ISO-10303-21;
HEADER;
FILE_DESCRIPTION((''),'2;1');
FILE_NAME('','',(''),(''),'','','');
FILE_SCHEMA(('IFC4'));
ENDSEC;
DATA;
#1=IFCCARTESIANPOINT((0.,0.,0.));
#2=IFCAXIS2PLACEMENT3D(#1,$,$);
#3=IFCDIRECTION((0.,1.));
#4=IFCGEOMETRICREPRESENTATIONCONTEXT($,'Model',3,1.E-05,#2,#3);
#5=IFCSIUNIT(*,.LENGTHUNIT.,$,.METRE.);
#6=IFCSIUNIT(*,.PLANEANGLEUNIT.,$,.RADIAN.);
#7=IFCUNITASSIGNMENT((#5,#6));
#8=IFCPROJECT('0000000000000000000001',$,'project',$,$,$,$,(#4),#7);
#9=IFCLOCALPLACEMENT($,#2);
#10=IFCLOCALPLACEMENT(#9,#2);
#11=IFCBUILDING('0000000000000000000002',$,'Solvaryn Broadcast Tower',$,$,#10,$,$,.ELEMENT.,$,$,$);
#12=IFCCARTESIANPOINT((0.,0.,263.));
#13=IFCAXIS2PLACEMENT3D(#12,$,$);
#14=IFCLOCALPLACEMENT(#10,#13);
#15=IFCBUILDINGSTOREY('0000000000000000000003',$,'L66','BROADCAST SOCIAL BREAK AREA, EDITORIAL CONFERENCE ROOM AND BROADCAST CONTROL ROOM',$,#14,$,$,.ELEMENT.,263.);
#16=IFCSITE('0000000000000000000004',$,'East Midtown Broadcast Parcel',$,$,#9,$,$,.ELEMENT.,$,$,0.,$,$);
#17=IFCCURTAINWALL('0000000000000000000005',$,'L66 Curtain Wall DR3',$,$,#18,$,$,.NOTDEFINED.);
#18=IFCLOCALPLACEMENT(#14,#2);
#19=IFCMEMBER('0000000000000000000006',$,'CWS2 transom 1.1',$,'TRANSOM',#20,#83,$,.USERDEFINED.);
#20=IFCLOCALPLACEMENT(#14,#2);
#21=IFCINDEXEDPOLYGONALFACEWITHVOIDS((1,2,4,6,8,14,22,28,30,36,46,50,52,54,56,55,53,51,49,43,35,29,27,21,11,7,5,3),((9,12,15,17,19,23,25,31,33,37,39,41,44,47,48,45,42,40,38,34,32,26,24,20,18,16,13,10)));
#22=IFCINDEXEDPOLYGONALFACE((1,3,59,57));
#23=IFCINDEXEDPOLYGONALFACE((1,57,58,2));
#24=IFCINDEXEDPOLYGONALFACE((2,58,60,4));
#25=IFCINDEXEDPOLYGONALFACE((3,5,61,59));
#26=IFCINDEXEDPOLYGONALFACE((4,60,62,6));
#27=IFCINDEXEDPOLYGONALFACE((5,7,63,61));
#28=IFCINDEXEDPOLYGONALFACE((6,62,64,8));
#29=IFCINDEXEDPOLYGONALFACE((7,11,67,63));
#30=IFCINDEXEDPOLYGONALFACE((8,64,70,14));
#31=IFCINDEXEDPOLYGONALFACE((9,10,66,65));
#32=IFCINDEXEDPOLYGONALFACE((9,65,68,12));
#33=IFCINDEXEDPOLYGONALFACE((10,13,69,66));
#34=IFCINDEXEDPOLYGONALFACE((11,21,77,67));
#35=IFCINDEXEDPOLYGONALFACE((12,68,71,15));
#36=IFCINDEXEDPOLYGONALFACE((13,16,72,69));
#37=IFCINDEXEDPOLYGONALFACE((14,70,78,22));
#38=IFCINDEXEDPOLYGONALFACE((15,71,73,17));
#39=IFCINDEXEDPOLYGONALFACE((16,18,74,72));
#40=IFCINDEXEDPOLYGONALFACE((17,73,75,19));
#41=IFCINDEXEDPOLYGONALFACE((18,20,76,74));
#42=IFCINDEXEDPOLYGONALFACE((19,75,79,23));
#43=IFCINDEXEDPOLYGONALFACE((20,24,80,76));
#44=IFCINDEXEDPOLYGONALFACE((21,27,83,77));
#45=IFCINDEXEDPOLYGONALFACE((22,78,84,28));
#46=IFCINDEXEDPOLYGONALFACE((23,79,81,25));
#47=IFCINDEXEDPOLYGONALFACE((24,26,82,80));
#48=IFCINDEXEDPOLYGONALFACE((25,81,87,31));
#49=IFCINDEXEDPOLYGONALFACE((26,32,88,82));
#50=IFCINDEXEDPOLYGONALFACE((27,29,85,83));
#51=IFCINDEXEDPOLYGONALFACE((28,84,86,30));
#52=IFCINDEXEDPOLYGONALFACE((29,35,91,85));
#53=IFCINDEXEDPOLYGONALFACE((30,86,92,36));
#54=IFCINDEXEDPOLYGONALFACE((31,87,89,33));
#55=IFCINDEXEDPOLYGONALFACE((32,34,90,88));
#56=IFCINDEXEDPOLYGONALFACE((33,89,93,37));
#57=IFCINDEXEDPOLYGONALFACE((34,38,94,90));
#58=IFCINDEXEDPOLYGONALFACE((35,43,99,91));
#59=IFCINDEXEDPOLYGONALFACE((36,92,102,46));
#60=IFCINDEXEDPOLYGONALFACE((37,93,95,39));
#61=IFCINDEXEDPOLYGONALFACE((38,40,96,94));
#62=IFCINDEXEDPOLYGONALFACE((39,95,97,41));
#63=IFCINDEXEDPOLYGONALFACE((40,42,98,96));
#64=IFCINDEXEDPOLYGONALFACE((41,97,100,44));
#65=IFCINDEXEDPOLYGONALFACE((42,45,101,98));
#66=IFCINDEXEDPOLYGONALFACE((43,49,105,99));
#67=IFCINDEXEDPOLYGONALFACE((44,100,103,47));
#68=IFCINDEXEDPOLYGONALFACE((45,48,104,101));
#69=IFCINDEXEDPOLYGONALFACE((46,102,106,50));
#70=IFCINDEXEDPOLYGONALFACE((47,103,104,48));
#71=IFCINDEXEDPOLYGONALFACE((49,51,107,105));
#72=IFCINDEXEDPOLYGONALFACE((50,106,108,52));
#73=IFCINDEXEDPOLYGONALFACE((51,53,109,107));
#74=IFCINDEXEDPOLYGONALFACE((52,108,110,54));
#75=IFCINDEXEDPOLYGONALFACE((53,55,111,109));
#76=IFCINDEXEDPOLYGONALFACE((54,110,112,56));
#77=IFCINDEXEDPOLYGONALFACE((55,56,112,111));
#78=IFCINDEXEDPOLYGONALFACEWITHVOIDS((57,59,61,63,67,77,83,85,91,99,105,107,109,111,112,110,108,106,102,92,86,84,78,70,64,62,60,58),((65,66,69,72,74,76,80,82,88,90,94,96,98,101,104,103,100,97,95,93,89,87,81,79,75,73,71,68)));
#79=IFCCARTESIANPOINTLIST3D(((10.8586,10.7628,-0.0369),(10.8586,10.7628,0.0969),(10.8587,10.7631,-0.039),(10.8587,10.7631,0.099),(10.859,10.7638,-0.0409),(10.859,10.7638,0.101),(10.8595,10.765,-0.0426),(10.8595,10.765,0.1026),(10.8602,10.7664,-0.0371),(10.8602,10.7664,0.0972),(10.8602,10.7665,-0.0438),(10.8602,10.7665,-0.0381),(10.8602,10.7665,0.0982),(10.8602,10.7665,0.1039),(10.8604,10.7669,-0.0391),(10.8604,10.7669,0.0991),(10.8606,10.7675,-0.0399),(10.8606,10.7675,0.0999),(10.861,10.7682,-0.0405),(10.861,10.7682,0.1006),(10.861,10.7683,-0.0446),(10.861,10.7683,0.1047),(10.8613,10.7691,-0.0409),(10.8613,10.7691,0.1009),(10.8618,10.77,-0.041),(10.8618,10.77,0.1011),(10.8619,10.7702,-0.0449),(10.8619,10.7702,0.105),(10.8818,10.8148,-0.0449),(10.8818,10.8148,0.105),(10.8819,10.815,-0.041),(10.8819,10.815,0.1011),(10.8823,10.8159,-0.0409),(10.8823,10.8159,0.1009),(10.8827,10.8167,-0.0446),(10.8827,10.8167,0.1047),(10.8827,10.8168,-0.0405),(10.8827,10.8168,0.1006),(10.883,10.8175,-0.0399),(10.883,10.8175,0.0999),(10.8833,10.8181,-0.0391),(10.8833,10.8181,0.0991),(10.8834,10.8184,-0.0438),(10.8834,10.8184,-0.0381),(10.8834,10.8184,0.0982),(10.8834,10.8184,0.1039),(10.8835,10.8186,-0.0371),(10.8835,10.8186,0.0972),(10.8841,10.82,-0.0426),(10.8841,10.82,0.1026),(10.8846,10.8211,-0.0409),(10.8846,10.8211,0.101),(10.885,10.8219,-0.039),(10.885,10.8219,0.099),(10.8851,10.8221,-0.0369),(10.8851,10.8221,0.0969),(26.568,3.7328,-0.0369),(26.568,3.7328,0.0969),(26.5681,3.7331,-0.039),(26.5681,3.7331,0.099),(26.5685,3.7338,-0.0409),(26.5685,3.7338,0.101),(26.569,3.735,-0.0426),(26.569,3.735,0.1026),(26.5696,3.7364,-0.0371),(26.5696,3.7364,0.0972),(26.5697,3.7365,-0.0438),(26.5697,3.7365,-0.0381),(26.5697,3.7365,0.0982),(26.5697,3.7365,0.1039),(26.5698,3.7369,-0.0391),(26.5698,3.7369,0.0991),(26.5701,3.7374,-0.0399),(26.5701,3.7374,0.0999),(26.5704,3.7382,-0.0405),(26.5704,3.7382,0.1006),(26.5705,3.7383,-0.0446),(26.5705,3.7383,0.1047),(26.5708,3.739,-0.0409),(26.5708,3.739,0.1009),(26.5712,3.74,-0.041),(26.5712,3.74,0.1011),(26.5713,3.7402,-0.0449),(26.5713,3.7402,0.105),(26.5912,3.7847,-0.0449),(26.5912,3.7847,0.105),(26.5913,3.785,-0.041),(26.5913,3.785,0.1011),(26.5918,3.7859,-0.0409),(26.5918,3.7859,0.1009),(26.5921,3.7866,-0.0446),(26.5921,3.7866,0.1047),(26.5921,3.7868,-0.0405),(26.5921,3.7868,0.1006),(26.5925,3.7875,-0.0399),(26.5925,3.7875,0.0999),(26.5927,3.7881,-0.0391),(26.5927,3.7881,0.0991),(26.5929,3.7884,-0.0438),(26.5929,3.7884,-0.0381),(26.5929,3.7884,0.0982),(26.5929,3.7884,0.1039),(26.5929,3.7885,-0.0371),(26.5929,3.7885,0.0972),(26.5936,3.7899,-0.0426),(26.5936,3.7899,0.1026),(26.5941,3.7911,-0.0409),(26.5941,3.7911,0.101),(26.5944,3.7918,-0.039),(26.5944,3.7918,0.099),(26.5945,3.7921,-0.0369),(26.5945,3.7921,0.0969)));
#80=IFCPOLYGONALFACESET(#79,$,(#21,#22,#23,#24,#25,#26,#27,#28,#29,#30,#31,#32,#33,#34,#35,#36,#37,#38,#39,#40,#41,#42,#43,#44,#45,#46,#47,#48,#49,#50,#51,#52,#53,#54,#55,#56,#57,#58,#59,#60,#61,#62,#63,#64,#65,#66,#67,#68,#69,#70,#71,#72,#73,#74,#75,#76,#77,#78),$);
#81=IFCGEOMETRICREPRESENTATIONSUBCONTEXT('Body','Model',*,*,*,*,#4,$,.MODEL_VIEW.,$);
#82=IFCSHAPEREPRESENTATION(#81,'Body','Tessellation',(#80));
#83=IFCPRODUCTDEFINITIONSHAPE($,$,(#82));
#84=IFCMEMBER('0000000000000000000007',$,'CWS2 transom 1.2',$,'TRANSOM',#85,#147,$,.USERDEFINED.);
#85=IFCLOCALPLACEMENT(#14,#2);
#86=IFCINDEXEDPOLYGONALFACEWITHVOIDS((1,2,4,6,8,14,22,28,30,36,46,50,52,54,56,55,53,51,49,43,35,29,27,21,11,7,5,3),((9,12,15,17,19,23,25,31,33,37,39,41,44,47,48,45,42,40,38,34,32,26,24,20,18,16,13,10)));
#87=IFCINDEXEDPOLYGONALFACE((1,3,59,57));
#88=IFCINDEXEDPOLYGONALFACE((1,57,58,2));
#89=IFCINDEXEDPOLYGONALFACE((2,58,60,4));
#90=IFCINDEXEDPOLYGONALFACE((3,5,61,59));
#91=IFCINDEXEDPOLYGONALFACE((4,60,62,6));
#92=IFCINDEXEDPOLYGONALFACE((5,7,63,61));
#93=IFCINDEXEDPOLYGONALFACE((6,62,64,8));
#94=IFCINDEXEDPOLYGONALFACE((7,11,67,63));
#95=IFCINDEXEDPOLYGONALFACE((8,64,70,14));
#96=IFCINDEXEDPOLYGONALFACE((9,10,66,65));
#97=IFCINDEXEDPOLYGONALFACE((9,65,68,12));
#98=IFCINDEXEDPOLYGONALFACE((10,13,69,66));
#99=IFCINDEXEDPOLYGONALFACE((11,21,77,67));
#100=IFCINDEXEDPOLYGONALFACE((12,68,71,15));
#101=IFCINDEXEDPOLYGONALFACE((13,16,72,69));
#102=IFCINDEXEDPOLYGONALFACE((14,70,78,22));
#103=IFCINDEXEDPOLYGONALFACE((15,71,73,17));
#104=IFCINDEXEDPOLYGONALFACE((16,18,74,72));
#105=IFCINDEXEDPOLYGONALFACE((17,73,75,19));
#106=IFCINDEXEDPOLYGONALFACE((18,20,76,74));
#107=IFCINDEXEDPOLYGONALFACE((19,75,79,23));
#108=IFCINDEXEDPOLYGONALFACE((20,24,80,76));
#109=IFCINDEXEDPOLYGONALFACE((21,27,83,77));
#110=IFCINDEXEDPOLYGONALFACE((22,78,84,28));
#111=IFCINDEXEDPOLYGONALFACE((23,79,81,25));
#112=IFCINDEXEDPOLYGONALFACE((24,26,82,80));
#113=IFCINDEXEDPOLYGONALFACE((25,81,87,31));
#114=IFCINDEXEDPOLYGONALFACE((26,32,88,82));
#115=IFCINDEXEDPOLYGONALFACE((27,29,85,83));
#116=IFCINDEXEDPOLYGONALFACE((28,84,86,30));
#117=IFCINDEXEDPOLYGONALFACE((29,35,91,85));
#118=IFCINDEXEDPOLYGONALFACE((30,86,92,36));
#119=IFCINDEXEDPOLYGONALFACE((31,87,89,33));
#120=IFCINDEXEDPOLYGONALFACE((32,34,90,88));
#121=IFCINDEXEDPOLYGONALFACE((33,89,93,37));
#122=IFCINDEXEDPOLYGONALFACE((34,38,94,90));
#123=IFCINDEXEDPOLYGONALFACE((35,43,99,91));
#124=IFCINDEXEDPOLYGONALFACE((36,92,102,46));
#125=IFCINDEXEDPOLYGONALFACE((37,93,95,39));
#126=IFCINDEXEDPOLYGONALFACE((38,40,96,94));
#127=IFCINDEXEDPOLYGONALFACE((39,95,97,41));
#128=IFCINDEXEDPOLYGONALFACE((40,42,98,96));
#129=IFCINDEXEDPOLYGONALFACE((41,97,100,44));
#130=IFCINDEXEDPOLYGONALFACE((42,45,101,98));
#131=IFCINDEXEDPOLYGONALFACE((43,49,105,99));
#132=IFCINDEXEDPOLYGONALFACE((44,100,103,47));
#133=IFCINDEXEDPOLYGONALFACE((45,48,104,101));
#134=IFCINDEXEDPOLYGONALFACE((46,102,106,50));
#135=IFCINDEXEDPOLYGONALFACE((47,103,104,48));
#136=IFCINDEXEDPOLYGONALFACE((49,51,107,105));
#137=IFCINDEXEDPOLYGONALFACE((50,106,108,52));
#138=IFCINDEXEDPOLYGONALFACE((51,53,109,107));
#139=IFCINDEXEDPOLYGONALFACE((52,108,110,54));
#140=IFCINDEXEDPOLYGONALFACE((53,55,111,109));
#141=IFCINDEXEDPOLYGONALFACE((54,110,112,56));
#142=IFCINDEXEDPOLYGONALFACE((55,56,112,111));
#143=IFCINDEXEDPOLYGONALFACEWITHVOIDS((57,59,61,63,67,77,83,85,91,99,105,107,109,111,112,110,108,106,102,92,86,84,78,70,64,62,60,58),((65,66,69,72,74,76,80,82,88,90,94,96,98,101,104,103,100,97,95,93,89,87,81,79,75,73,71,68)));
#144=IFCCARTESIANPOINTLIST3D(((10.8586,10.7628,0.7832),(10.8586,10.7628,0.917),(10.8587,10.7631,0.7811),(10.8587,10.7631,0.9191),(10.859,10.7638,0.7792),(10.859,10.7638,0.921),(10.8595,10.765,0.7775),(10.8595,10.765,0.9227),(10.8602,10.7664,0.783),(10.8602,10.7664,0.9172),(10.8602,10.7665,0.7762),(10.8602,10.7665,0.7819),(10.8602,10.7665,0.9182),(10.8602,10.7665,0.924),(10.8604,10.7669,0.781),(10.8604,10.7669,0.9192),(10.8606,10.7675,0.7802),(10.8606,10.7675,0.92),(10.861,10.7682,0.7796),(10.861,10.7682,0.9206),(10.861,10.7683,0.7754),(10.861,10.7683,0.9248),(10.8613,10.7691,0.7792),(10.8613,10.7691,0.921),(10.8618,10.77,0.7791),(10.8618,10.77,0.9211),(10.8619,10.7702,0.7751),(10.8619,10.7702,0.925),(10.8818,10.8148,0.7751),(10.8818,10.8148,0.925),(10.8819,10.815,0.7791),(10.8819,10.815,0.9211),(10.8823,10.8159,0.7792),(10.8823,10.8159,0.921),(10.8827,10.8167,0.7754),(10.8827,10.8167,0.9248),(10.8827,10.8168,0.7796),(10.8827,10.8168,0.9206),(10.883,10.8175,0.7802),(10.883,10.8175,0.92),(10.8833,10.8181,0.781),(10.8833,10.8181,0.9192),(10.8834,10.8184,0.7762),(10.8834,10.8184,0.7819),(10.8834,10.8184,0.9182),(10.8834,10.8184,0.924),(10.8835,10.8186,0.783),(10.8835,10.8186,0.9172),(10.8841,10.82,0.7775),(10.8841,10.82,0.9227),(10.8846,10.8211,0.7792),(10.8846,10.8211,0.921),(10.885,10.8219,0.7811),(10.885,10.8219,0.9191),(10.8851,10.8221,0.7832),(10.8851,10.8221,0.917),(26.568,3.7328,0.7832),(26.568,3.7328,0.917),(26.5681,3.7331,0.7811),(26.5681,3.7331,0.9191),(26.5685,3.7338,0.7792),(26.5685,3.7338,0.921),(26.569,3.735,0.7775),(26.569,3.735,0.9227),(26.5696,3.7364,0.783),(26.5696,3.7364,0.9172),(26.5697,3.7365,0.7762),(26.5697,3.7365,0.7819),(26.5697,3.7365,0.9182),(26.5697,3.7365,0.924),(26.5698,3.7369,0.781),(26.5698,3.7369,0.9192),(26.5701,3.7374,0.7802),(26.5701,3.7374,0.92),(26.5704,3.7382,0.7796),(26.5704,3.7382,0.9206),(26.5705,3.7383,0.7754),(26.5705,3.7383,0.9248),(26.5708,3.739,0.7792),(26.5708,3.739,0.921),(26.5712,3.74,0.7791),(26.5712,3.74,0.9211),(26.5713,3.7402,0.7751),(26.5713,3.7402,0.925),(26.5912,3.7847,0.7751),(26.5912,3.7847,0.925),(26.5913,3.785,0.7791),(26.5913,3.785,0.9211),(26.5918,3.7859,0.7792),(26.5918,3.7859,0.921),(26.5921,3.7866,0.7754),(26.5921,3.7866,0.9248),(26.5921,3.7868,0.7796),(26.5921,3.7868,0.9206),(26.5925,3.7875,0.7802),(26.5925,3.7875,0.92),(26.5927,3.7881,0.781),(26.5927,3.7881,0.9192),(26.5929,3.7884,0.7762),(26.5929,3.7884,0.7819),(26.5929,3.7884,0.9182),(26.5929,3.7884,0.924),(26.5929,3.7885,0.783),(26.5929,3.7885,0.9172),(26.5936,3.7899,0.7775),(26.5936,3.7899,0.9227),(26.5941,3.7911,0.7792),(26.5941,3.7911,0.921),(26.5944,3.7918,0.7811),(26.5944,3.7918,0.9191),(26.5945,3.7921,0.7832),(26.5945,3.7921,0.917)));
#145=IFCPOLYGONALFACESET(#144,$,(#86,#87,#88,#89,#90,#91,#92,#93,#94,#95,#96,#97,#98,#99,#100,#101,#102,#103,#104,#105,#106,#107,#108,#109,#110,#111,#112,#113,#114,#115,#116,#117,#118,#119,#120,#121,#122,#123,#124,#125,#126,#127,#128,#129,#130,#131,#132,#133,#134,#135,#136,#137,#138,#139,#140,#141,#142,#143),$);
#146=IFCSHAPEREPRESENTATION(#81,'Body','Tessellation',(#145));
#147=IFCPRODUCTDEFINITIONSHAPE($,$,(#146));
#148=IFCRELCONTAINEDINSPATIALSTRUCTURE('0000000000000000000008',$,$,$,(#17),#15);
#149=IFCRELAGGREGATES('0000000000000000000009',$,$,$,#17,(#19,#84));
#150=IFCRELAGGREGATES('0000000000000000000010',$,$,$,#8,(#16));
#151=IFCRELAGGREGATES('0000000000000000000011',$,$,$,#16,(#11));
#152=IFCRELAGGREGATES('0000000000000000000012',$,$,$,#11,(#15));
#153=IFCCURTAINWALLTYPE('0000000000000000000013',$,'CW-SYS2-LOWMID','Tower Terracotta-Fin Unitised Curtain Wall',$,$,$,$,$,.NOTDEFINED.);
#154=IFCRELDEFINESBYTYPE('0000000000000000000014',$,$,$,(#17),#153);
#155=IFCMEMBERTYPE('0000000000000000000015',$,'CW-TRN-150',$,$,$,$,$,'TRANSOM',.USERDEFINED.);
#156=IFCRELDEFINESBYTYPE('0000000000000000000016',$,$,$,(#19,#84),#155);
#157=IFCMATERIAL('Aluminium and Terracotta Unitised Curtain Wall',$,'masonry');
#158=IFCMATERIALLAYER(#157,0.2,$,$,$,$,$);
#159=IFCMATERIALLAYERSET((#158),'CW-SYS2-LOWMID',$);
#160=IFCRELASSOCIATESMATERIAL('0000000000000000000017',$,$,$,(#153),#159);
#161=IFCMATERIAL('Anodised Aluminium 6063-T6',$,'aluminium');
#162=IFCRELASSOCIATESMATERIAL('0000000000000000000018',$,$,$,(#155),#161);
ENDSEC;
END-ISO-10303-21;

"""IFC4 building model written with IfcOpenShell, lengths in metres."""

from ifc_helpers import new_model, si_unit, direction, frame, origin, origin_2d, place, context, subcontext, project, spatial, hollow_rectangle, extrude, material, layer, layer_set, material_profile, profile_set, type_object, element, aggregate, save


model = new_model("IFC4")

# Units and contexts
model_context = context("Model", 3, precision=1e-05, world=origin(), true_north=direction((0.0, 1.0)))
body_context = subcontext(model_context, "Body", "Model", "MODEL_VIEW")
ifc_project = project(units=[si_unit("LENGTHUNIT", "METRE"), si_unit("PLANEANGLEUNIT", "RADIAN")], contexts=[model_context])

# Site, building, storey
site_placement = place(None, origin())
site = spatial("IfcSite", under=ifc_project, at=site_placement, Name="East Midtown Broadcast Parcel", CompositionType="ELEMENT", RefElevation=0.0)
building_placement = place(site_placement, origin())
building = spatial("IfcBuilding", under=site, at=building_placement, Name="Solvaryn Broadcast Tower", CompositionType="ELEMENT")
storey_placement = place(building_placement, frame((0.0, 0.0, 263.0)))
storey = spatial("IfcBuildingStorey", under=building, at=storey_placement, Name="L66", Description="BROADCAST SOCIAL BREAK AREA, EDITORIAL CONFERENCE ROOM AND BROADCAST CONTROL ROOM", CompositionType="ELEMENT", Elevation=263.0)

# Shared definitions
ifc_material_1 = material(Name="Aluminium and Terracotta Unitised Curtain Wall", Category="masonry")
ifc_layer_1 = layer(ifc_material_1, 0.2)
ifc_layer_set_1 = layer_set([ifc_layer_1], Name="CW-SYS2-LOWMID")
curtain_wall_type = type_object("IfcCurtainWallType", Name="CW-SYS2-LOWMID", Description="Tower Terracotta-Fin Unitised Curtain Wall", PredefinedType="NOTDEFINED", material=ifc_layer_set_1)

# Curtain wall, members
curtain_wall_1_placement = place(storey_placement, origin())
curtain_wall_1 = element("IfcCurtainWall", 1, at=curtain_wall_1_placement, inside=storey, type_object=curtain_wall_type, Name="L66 Curtain Wall DR3", PredefinedType="NOTDEFINED")
ifc_material_2 = material(Name="Anodised Aluminium 6063-T6", Category="aluminium")
ifc_material_profile_1 = material_profile(ifc_material_2, hollow_rectangle(XDim=0.0649, YDim=0.1499, WallThickness=0.0039, InnerFilletRadius=0.0039, OuterFilletRadius=0.0081, at=origin_2d()))
ifc_profile_set_1 = profile_set([ifc_material_profile_1], Name="Anodised Aluminium 6063-T6")
member_type_1 = type_object("IfcMemberType", Name="CW-TRN-150", ElementType="TRANSOM", PredefinedType="USERDEFINED", material=ifc_profile_set_1)
member_1_placement = place(storey_placement, frame((10.8718, 10.7925, 0.03), z_axis=(0.912773, -0.408468, 0.0), x_axis=(0.408468, 0.912773, 0.0)))
member_1 = element("IfcMember", 2, at=member_1_placement, type_object=member_type_1, Name="CWS2 transom 1.1", ObjectType="TRANSOM", PredefinedType="USERDEFINED", context=body_context, shape_type="SweptSolid", body=[
    extrude(hollow_rectangle(XDim=0.0649, YDim=0.1499, WallThickness=0.0039, InnerFilletRadius=0.0039, OuterFilletRadius=0.0081, at=origin_2d()), origin(), (0.0, 0.0, 1.0), 17.2107),
])
member_2_placement = place(storey_placement, frame((10.8718, 10.7925, 0.8501), z_axis=(0.912773, -0.408468, 0.0), x_axis=(0.408468, 0.912773, 0.0)))
member_2 = element("IfcMember", 3, at=member_2_placement, type_object=member_type_1, Name="CWS2 transom 1.2", ObjectType="TRANSOM", PredefinedType="USERDEFINED", context=body_context, shape_type="SweptSolid", body=[
    extrude(hollow_rectangle(XDim=0.0649, YDim=0.1499, WallThickness=0.0039, InnerFilletRadius=0.0039, OuterFilletRadius=0.0081, at=origin_2d()), origin(), (0.0, 0.0, 1.0), 17.2107),
])
aggregate(curtain_wall_1, [member_1, member_2])

save(model, "model.ifc")
